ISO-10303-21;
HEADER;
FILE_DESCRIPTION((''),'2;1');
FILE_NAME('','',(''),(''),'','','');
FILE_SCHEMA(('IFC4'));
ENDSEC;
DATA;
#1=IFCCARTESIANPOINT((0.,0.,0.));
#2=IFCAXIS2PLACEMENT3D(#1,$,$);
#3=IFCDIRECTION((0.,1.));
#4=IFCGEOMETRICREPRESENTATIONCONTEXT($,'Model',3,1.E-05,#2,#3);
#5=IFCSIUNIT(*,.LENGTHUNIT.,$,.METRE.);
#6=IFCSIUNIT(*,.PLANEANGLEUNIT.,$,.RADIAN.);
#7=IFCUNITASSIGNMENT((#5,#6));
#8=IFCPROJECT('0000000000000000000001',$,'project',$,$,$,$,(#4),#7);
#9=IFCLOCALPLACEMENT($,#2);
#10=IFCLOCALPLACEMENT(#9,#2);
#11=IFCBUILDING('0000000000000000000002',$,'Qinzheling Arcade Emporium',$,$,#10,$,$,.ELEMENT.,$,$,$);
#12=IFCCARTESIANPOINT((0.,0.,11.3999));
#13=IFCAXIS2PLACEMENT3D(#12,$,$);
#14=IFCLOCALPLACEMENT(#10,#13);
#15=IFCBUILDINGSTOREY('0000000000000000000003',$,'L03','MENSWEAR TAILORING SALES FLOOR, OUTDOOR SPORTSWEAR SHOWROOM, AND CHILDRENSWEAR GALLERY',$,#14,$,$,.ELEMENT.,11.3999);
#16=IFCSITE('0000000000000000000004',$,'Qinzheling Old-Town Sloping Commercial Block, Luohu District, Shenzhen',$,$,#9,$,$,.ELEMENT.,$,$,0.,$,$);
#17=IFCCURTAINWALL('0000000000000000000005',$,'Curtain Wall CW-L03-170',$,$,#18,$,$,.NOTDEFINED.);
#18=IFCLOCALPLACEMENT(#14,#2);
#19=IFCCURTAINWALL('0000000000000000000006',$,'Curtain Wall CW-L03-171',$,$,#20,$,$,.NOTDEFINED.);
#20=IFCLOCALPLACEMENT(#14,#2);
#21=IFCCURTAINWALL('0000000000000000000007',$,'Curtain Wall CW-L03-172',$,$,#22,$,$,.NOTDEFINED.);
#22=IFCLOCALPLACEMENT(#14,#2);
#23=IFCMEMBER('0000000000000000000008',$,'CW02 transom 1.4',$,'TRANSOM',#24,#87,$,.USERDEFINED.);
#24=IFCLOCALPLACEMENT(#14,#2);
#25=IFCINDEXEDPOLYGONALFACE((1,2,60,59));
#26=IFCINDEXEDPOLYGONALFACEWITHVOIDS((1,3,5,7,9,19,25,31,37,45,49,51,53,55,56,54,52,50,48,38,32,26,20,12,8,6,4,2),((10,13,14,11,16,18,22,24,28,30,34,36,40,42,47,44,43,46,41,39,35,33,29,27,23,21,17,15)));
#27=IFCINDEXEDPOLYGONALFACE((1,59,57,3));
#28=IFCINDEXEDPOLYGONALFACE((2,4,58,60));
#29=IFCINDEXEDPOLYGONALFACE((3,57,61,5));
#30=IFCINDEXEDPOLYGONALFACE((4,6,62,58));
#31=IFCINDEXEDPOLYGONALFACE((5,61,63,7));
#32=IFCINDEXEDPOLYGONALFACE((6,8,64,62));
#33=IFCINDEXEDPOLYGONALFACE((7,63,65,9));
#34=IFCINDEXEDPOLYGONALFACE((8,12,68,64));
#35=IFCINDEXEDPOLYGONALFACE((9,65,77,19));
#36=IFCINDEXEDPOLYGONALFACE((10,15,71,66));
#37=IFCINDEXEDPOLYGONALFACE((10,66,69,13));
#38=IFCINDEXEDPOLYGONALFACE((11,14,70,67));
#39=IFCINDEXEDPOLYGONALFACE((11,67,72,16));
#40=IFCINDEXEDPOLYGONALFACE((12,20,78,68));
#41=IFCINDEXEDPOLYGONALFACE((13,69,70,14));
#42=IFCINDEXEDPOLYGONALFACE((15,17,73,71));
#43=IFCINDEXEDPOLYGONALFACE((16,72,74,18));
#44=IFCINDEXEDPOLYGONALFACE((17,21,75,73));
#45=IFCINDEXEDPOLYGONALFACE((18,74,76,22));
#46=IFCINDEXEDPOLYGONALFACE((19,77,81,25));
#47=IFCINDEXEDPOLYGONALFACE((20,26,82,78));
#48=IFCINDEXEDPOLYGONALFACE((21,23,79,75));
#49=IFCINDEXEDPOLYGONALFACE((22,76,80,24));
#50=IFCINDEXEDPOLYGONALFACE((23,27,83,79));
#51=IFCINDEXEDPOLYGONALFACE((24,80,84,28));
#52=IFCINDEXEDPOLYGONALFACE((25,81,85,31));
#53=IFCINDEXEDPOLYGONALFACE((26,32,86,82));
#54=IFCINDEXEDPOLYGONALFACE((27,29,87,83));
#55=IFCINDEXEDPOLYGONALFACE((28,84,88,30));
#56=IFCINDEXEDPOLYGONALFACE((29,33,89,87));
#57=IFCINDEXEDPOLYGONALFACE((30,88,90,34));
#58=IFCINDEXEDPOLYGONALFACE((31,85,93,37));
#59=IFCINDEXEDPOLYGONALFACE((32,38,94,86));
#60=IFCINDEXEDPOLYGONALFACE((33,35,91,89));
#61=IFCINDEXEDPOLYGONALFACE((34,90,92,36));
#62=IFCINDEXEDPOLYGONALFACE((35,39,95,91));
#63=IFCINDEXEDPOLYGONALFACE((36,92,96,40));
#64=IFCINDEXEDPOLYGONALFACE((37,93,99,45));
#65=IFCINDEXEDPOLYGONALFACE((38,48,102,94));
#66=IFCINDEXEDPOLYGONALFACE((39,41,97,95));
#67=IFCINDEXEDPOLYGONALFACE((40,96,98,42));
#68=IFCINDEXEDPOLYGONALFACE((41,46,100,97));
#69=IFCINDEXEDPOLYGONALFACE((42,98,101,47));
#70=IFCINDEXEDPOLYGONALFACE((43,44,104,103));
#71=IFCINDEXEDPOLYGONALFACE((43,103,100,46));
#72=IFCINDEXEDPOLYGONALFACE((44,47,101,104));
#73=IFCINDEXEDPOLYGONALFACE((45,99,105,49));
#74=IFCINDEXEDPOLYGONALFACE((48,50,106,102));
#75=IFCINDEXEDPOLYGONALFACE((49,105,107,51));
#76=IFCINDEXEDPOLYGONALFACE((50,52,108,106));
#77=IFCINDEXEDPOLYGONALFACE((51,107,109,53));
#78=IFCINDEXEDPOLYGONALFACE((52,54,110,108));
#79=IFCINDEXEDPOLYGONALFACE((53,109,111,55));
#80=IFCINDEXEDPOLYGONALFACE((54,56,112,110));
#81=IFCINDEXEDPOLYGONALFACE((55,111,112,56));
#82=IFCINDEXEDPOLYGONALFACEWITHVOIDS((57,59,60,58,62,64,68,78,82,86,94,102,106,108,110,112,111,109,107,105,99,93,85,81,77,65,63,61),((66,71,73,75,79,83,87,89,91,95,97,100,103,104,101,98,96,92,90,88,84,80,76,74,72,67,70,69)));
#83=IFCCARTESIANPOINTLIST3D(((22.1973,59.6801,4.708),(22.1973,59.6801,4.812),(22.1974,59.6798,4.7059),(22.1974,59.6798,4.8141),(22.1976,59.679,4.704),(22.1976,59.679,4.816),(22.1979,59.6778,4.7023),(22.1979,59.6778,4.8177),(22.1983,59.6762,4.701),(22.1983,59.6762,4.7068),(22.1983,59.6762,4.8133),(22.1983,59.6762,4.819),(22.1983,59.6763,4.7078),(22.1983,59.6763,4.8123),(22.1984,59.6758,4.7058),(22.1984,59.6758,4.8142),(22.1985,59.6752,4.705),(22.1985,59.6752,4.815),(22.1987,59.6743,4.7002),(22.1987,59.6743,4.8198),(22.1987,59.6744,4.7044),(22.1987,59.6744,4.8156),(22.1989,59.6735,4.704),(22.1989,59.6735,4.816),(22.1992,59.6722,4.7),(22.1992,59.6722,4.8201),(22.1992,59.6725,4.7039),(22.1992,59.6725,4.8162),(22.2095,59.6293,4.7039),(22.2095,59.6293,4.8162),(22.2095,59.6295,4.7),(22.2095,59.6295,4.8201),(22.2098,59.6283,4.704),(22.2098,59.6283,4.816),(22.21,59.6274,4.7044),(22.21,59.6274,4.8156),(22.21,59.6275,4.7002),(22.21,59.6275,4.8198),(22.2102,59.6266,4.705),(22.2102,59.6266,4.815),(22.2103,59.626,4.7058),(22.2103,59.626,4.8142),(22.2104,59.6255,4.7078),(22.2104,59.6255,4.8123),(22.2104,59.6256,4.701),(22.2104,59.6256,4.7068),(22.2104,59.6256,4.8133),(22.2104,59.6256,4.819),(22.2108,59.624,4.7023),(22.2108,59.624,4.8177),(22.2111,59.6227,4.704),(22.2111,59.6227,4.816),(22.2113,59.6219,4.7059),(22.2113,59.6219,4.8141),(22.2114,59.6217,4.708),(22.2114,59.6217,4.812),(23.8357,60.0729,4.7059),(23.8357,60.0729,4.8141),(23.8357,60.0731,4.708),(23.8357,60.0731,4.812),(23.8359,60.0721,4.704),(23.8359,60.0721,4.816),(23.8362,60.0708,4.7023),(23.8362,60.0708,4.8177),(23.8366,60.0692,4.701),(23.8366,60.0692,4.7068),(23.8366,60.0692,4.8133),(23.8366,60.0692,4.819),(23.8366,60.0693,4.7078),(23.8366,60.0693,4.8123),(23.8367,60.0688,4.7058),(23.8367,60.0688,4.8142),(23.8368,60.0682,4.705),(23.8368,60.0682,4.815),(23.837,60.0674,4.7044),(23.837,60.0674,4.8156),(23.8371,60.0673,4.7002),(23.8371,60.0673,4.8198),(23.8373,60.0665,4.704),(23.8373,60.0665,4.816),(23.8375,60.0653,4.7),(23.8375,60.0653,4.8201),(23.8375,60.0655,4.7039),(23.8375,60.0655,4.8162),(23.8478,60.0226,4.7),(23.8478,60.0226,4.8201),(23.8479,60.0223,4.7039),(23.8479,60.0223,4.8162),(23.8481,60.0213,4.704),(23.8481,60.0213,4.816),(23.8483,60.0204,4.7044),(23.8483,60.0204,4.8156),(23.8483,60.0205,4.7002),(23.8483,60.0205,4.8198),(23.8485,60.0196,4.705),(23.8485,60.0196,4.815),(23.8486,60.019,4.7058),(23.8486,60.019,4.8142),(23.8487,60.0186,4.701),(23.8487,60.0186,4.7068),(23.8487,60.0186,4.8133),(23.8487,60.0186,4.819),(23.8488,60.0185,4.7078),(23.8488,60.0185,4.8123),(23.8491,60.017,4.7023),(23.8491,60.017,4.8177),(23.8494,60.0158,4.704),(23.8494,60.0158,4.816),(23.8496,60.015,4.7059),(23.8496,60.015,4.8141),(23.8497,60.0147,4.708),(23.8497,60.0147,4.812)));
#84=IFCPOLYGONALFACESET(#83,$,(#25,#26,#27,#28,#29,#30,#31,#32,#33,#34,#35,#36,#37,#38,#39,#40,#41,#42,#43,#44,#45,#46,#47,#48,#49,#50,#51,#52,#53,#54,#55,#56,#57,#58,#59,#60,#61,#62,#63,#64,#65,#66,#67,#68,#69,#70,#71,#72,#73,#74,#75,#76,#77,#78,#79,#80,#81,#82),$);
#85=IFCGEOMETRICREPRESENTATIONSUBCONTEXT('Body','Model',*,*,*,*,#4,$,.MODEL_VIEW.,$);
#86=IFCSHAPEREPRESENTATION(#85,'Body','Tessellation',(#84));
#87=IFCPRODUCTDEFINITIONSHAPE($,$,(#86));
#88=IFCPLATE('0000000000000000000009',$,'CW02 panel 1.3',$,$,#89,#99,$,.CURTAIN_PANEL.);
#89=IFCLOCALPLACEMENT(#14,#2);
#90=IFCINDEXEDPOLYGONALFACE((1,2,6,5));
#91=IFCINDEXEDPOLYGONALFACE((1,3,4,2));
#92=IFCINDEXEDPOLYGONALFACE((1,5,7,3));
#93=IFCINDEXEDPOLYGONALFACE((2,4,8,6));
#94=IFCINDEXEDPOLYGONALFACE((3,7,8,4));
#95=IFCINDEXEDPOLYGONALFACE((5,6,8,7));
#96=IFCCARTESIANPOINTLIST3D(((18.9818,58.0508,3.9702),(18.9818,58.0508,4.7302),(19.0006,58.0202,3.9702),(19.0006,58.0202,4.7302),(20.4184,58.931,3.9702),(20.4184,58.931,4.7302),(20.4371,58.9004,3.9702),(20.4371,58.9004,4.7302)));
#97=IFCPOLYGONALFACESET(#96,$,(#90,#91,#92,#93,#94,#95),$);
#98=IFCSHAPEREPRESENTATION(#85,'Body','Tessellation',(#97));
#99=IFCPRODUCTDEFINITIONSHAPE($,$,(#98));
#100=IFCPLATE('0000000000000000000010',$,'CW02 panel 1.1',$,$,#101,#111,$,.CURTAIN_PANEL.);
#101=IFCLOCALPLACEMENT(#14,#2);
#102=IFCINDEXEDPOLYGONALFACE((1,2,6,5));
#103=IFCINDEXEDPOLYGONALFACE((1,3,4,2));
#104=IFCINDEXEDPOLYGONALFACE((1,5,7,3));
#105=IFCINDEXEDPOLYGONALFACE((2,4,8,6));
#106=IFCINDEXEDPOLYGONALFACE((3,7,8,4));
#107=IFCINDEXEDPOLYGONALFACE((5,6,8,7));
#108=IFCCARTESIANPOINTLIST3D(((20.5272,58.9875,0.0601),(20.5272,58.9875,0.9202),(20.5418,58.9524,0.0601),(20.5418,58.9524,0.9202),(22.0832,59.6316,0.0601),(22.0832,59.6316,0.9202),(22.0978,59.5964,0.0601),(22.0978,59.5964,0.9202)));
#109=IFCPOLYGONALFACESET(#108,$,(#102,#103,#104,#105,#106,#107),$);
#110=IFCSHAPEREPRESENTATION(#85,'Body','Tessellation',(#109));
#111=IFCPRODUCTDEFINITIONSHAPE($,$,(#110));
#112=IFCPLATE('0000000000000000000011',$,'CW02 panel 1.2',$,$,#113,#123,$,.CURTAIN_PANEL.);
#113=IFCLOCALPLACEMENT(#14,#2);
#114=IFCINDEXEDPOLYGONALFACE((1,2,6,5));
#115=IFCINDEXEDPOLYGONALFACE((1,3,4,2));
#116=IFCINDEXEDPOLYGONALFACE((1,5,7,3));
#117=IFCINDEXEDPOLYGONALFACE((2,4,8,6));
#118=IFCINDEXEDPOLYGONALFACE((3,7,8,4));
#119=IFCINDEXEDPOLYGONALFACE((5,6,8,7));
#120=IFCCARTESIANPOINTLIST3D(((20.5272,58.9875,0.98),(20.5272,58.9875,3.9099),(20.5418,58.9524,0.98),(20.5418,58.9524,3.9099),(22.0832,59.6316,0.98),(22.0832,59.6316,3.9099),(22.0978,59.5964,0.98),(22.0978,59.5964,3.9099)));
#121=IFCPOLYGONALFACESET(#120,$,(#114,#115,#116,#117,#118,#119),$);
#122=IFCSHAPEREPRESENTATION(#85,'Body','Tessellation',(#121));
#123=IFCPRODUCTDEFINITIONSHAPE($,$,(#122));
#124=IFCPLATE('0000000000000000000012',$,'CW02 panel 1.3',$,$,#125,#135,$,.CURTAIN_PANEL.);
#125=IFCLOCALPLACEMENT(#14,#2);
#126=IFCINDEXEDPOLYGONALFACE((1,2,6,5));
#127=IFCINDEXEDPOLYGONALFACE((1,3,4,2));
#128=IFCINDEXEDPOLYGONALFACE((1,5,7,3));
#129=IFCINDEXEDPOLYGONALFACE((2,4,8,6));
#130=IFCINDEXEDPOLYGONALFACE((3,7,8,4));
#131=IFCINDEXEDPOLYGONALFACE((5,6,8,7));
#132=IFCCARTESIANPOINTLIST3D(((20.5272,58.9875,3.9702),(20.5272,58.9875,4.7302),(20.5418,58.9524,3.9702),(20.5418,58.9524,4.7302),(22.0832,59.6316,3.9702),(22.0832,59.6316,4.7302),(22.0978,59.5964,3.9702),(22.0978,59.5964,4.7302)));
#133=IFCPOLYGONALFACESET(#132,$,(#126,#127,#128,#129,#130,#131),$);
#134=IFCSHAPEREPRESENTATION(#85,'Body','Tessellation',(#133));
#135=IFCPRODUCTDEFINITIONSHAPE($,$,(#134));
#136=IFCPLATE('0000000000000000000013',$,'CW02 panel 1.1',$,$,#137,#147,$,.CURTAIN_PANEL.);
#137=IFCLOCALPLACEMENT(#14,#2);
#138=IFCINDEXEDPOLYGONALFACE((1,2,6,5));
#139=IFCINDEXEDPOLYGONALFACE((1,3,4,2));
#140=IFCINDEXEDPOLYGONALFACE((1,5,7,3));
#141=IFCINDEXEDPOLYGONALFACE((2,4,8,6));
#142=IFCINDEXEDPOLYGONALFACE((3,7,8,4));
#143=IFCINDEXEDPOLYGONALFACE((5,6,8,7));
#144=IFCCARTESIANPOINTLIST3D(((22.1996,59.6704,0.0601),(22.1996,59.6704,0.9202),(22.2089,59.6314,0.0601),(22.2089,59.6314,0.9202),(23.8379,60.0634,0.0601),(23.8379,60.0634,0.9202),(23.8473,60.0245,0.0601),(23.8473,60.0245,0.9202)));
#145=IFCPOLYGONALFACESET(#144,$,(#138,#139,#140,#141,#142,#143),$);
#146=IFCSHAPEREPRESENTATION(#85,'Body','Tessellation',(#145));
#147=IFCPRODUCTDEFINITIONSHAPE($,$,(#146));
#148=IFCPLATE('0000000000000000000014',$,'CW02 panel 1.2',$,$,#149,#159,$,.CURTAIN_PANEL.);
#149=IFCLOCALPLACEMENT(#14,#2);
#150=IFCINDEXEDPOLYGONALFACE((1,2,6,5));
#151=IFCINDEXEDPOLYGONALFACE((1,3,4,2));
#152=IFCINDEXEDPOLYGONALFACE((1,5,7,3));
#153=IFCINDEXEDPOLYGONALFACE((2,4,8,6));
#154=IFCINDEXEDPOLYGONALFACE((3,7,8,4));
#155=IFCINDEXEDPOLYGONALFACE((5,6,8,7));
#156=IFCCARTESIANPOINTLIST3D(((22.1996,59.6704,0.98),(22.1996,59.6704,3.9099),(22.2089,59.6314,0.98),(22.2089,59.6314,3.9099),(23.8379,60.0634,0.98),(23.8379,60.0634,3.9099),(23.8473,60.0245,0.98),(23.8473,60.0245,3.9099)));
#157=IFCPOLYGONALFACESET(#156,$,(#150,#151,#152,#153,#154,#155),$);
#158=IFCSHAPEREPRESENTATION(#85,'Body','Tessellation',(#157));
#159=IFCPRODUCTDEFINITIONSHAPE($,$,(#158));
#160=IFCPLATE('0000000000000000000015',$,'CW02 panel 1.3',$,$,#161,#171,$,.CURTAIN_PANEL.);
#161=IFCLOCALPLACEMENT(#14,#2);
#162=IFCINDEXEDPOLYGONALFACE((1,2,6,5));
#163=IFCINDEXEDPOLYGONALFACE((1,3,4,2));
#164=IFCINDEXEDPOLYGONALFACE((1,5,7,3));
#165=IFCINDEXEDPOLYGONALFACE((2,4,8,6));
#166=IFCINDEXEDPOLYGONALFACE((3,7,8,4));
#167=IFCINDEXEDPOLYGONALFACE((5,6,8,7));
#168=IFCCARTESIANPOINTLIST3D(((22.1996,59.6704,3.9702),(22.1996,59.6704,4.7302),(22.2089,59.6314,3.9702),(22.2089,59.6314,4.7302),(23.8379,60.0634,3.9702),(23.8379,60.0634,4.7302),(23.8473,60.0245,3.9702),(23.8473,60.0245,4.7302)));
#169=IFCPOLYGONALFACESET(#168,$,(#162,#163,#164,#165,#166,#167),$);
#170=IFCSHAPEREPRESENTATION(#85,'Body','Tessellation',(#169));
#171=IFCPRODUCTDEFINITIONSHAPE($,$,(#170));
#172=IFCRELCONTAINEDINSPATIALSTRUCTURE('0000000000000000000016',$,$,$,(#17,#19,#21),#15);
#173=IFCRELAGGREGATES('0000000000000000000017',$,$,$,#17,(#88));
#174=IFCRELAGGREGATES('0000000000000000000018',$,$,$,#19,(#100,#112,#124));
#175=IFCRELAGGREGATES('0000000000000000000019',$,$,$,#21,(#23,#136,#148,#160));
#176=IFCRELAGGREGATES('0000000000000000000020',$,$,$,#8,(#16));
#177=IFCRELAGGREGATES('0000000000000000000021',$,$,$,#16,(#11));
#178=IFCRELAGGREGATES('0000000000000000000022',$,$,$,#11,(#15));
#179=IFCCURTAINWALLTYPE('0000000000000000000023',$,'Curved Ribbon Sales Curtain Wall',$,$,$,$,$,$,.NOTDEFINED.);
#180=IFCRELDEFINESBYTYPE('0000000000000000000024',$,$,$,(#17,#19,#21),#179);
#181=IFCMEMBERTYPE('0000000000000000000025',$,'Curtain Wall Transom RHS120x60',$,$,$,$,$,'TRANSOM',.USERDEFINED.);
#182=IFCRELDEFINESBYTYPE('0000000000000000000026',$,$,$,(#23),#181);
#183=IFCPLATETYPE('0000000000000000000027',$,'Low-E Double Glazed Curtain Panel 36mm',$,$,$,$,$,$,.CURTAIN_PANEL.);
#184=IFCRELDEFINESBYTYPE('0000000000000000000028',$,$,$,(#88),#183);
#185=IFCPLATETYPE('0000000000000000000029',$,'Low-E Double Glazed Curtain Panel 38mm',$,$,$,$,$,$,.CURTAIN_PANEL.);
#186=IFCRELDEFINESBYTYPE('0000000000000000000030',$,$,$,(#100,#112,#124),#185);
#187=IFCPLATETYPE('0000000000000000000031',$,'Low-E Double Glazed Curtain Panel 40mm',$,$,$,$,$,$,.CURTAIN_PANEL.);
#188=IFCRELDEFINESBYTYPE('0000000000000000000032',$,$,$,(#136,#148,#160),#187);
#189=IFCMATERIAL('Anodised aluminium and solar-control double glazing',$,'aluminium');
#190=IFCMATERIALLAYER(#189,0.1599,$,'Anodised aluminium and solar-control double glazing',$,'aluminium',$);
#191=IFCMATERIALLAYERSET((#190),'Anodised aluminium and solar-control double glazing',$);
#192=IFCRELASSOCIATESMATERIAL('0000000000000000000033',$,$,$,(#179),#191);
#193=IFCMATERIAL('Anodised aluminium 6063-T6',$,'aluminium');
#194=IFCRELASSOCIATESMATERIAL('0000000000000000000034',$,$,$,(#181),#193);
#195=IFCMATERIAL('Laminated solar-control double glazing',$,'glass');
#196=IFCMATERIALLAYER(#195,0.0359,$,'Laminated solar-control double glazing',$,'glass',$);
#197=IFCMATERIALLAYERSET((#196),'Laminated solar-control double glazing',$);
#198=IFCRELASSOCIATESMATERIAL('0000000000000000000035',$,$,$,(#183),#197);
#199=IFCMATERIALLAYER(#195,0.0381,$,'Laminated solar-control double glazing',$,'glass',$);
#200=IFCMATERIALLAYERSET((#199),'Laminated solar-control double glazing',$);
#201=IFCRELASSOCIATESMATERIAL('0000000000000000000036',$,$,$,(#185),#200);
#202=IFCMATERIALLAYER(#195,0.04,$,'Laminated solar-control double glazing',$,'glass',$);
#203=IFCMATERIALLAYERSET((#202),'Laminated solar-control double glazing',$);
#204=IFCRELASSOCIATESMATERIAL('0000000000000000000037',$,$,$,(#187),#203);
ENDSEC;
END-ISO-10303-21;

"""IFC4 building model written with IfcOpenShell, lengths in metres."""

from ifc_helpers import new_model, si_unit, direction, frame, origin, origin_2d, place, context, subcontext, project, spatial, rectangle, hollow_rectangle, extrude, material, layer, layer_set, material_profile, profile_set, type_object, element, aggregate, save


model = new_model("IFC4")

# Units and contexts
model_context = context("Model", 3, precision=1e-05, world=origin(), true_north=direction((0.0, 1.0)))
body_context = subcontext(model_context, "Body", "Model", "MODEL_VIEW")
ifc_project = project(units=[si_unit("LENGTHUNIT", "METRE"), si_unit("PLANEANGLEUNIT", "RADIAN")], contexts=[model_context])

# Site, building, storey
site_placement = place(None, origin())
site = spatial("IfcSite", under=ifc_project, at=site_placement, Name="Qinzheling Old-Town Sloping Commercial Block, Luohu District, Shenzhen", CompositionType="ELEMENT", RefElevation=0.0)
building_placement = place(site_placement, origin())
building = spatial("IfcBuilding", under=site, at=building_placement, Name="Qinzheling Arcade Emporium", CompositionType="ELEMENT")
storey_placement = place(building_placement, frame((0.0, 0.0, 11.3999)))
storey = spatial("IfcBuildingStorey", under=building, at=storey_placement, Name="L03", Description="MENSWEAR TAILORING SALES FLOOR, OUTDOOR SPORTSWEAR SHOWROOM, AND CHILDRENSWEAR GALLERY", CompositionType="ELEMENT", Elevation=11.3999)

# Curtain wall
ifc_material_1 = material(Name="Anodised aluminium and solar-control double glazing", Category="aluminium")
ifc_layer_1 = layer(ifc_material_1, 0.1599, Name="Anodised aluminium and solar-control double glazing", Category="aluminium")
ifc_layer_set_1 = layer_set([ifc_layer_1], Name="Anodised aluminium and solar-control double glazing")
curtain_wall_type = type_object("IfcCurtainWallType", Name="Curved Ribbon Sales Curtain Wall", PredefinedType="NOTDEFINED", material=ifc_layer_set_1)
curtain_wall_1_placement = place(storey_placement, origin())
curtain_wall_1 = element("IfcCurtainWall", 1, at=curtain_wall_1_placement, inside=storey, type_object=curtain_wall_type, Name="Curtain Wall CW-L03-170", PredefinedType="NOTDEFINED")
ifc_material_2 = material(Name="Anodised aluminium 6063-T6", Category="aluminium")

# Curtain walls
curtain_wall_2_placement = place(storey_placement, origin())
curtain_wall_2 = element("IfcCurtainWall", 2, at=curtain_wall_2_placement, inside=storey, type_object=curtain_wall_type, Name="Curtain Wall CW-L03-171", PredefinedType="NOTDEFINED")
curtain_wall_3_placement = place(storey_placement, origin())
curtain_wall_3 = element("IfcCurtainWall", 3, at=curtain_wall_3_placement, inside=storey, type_object=curtain_wall_type, Name="Curtain Wall CW-L03-172", PredefinedType="NOTDEFINED")

# Member
ifc_material_profile_1 = material_profile(ifc_material_2, hollow_rectangle(XDim=0.0601, YDim=0.1201, WallThickness=0.0039, InnerFilletRadius=0.0039, OuterFilletRadius=0.0081, at=origin_2d()), Name="RHS 120x60x4", Category="aluminium")
ifc_profile_set_1 = profile_set([ifc_material_profile_1], Name="Anodised aluminium 6063-T6")
member_type_1 = type_object("IfcMemberType", Name="Curtain Wall Transom RHS120x60", ElementType="TRANSOM", PredefinedType="USERDEFINED", material=ifc_profile_set_1)
member_1_placement = place(storey_placement, frame((22.2043, 59.6509, 4.76), z_axis=(0.972408, 0.233285, 0.0), x_axis=(-0.233285, 0.972408, 0.0)))
member_1 = element("IfcMember", 4, at=member_1_placement, type_object=member_type_1, Name="CW02 transom 1.4", ObjectType="TRANSOM", PredefinedType="USERDEFINED", context=body_context, shape_type="SweptSolid", body=[
    extrude(hollow_rectangle(XDim=0.0601, YDim=0.1201, WallThickness=0.0039, InnerFilletRadius=0.0039, OuterFilletRadius=0.0081, at=origin_2d()), origin(), (0.0, 0.0, 1.0), 1.6848),
])

# Plates
ifc_material_3 = material(Name="Laminated solar-control double glazing", Category="glass")
ifc_layer_2 = layer(ifc_material_3, 0.0359, Name="Laminated solar-control double glazing", Category="glass")
ifc_layer_set_2 = layer_set([ifc_layer_2], Name="Laminated solar-control double glazing")
plate_type_1 = type_object("IfcPlateType", Name="Low-E Double Glazed Curtain Panel 36mm", PredefinedType="CURTAIN_PANEL", material=ifc_layer_set_2)
plate_1_placement = place(storey_placement, frame((19.7095, 58.4756, 3.9702), z_axis=(0.0, 0.0, 1.0), x_axis=(0.852665, 0.522458, 0.0)))
plate_1 = element("IfcPlate", 5, at=plate_1_placement, type_object=plate_type_1, Name="CW02 panel 1.3", PredefinedType="CURTAIN_PANEL", context=body_context, shape_type="SweptSolid", body=[
    extrude(rectangle(XDim=1.6848, YDim=0.0359, at=origin_2d()), origin(), (0.0, 0.0, 1.0), 0.76),
])
aggregate(curtain_wall_1, [plate_1])
ifc_layer_3 = layer(ifc_material_3, 0.0381, Name="Laminated solar-control double glazing", Category="glass")
ifc_layer_set_3 = layer_set([ifc_layer_3], Name="Laminated solar-control double glazing")
plate_type_2 = type_object("IfcPlateType", Name="Low-E Double Glazed Curtain Panel 38mm", PredefinedType="CURTAIN_PANEL", material=ifc_layer_set_3)
plate_2_placement = place(storey_placement, frame((21.3125, 59.292, 0.0601), z_axis=(0.0, 0.0, 1.0), x_axis=(0.923976, 0.38245, 0.0)))
plate_2 = element("IfcPlate", 6, at=plate_2_placement, type_object=plate_type_2, Name="CW02 panel 1.1", PredefinedType="CURTAIN_PANEL", context=body_context, shape_type="SweptSolid", body=[
    extrude(rectangle(XDim=1.6841, YDim=0.0381, at=origin_2d()), origin(), (0.0, 0.0, 1.0), 0.8601),
])
plate_3_placement = place(storey_placement, frame((21.3125, 59.292, 0.98), z_axis=(0.0, 0.0, 1.0), x_axis=(0.923976, 0.38245, 0.0)))
plate_3 = element("IfcPlate", 7, at=plate_3_placement, type_object=plate_type_2, Name="CW02 panel 1.2", PredefinedType="CURTAIN_PANEL", context=body_context, shape_type="SweptSolid", body=[
    extrude(rectangle(XDim=1.6841, YDim=0.0381, at=origin_2d()), origin(), (0.0, 0.0, 1.0), 2.9299),
])
plate_4_placement = place(storey_placement, frame((21.3125, 59.292, 3.9702), z_axis=(0.0, 0.0, 1.0), x_axis=(0.923976, 0.38245, 0.0)))
plate_4 = element("IfcPlate", 8, at=plate_4_placement, type_object=plate_type_2, Name="CW02 panel 1.3", PredefinedType="CURTAIN_PANEL", context=body_context, shape_type="SweptSolid", body=[
    extrude(rectangle(XDim=1.6841, YDim=0.0381, at=origin_2d()), origin(), (0.0, 0.0, 1.0), 0.76),
])
aggregate(curtain_wall_2, [plate_2, plate_3, plate_4])
ifc_layer_4 = layer(ifc_material_3, 0.04, Name="Laminated solar-control double glazing", Category="glass")
ifc_layer_set_4 = layer_set([ifc_layer_4], Name="Laminated solar-control double glazing")
plate_type_3 = type_object("IfcPlateType", Name="Low-E Double Glazed Curtain Panel 40mm", PredefinedType="CURTAIN_PANEL", material=ifc_layer_set_4)
plate_5_placement = place(storey_placement, frame((23.0234, 59.8474, 0.0601), z_axis=(0.0, 0.0, 1.0), x_axis=(0.972412, 0.233268, 0.0)))
plate_5 = element("IfcPlate", 9, at=plate_5_placement, type_object=plate_type_3, Name="CW02 panel 1.1", PredefinedType="CURTAIN_PANEL", context=body_context, shape_type="SweptSolid", body=[
    extrude(rectangle(XDim=1.6848, YDim=0.04, at=origin_2d()), origin(), (0.0, 0.0, 1.0), 0.8601),
])
plate_6_placement = place(storey_placement, frame((23.0234, 59.8474, 0.98), z_axis=(0.0, 0.0, 1.0), x_axis=(0.972412, 0.233268, 0.0)))
plate_6 = element("IfcPlate", 10, at=plate_6_placement, type_object=plate_type_3, Name="CW02 panel 1.2", PredefinedType="CURTAIN_PANEL", context=body_context, shape_type="SweptSolid", body=[
    extrude(rectangle(XDim=1.6848, YDim=0.04, at=origin_2d()), origin(), (0.0, 0.0, 1.0), 2.9299),
])
plate_7_placement = place(storey_placement, frame((23.0234, 59.8474, 3.9702), z_axis=(0.0, 0.0, 1.0), x_axis=(0.972412, 0.233268, 0.0)))
plate_7 = element("IfcPlate", 11, at=plate_7_placement, type_object=plate_type_3, Name="CW02 panel 1.3", PredefinedType="CURTAIN_PANEL", context=body_context, shape_type="SweptSolid", body=[
    extrude(rectangle(XDim=1.6848, YDim=0.04, at=origin_2d()), origin(), (0.0, 0.0, 1.0), 0.76),
])
aggregate(curtain_wall_3, [member_1, plate_5, plate_6, plate_7])

save(model, "model.ifc")
